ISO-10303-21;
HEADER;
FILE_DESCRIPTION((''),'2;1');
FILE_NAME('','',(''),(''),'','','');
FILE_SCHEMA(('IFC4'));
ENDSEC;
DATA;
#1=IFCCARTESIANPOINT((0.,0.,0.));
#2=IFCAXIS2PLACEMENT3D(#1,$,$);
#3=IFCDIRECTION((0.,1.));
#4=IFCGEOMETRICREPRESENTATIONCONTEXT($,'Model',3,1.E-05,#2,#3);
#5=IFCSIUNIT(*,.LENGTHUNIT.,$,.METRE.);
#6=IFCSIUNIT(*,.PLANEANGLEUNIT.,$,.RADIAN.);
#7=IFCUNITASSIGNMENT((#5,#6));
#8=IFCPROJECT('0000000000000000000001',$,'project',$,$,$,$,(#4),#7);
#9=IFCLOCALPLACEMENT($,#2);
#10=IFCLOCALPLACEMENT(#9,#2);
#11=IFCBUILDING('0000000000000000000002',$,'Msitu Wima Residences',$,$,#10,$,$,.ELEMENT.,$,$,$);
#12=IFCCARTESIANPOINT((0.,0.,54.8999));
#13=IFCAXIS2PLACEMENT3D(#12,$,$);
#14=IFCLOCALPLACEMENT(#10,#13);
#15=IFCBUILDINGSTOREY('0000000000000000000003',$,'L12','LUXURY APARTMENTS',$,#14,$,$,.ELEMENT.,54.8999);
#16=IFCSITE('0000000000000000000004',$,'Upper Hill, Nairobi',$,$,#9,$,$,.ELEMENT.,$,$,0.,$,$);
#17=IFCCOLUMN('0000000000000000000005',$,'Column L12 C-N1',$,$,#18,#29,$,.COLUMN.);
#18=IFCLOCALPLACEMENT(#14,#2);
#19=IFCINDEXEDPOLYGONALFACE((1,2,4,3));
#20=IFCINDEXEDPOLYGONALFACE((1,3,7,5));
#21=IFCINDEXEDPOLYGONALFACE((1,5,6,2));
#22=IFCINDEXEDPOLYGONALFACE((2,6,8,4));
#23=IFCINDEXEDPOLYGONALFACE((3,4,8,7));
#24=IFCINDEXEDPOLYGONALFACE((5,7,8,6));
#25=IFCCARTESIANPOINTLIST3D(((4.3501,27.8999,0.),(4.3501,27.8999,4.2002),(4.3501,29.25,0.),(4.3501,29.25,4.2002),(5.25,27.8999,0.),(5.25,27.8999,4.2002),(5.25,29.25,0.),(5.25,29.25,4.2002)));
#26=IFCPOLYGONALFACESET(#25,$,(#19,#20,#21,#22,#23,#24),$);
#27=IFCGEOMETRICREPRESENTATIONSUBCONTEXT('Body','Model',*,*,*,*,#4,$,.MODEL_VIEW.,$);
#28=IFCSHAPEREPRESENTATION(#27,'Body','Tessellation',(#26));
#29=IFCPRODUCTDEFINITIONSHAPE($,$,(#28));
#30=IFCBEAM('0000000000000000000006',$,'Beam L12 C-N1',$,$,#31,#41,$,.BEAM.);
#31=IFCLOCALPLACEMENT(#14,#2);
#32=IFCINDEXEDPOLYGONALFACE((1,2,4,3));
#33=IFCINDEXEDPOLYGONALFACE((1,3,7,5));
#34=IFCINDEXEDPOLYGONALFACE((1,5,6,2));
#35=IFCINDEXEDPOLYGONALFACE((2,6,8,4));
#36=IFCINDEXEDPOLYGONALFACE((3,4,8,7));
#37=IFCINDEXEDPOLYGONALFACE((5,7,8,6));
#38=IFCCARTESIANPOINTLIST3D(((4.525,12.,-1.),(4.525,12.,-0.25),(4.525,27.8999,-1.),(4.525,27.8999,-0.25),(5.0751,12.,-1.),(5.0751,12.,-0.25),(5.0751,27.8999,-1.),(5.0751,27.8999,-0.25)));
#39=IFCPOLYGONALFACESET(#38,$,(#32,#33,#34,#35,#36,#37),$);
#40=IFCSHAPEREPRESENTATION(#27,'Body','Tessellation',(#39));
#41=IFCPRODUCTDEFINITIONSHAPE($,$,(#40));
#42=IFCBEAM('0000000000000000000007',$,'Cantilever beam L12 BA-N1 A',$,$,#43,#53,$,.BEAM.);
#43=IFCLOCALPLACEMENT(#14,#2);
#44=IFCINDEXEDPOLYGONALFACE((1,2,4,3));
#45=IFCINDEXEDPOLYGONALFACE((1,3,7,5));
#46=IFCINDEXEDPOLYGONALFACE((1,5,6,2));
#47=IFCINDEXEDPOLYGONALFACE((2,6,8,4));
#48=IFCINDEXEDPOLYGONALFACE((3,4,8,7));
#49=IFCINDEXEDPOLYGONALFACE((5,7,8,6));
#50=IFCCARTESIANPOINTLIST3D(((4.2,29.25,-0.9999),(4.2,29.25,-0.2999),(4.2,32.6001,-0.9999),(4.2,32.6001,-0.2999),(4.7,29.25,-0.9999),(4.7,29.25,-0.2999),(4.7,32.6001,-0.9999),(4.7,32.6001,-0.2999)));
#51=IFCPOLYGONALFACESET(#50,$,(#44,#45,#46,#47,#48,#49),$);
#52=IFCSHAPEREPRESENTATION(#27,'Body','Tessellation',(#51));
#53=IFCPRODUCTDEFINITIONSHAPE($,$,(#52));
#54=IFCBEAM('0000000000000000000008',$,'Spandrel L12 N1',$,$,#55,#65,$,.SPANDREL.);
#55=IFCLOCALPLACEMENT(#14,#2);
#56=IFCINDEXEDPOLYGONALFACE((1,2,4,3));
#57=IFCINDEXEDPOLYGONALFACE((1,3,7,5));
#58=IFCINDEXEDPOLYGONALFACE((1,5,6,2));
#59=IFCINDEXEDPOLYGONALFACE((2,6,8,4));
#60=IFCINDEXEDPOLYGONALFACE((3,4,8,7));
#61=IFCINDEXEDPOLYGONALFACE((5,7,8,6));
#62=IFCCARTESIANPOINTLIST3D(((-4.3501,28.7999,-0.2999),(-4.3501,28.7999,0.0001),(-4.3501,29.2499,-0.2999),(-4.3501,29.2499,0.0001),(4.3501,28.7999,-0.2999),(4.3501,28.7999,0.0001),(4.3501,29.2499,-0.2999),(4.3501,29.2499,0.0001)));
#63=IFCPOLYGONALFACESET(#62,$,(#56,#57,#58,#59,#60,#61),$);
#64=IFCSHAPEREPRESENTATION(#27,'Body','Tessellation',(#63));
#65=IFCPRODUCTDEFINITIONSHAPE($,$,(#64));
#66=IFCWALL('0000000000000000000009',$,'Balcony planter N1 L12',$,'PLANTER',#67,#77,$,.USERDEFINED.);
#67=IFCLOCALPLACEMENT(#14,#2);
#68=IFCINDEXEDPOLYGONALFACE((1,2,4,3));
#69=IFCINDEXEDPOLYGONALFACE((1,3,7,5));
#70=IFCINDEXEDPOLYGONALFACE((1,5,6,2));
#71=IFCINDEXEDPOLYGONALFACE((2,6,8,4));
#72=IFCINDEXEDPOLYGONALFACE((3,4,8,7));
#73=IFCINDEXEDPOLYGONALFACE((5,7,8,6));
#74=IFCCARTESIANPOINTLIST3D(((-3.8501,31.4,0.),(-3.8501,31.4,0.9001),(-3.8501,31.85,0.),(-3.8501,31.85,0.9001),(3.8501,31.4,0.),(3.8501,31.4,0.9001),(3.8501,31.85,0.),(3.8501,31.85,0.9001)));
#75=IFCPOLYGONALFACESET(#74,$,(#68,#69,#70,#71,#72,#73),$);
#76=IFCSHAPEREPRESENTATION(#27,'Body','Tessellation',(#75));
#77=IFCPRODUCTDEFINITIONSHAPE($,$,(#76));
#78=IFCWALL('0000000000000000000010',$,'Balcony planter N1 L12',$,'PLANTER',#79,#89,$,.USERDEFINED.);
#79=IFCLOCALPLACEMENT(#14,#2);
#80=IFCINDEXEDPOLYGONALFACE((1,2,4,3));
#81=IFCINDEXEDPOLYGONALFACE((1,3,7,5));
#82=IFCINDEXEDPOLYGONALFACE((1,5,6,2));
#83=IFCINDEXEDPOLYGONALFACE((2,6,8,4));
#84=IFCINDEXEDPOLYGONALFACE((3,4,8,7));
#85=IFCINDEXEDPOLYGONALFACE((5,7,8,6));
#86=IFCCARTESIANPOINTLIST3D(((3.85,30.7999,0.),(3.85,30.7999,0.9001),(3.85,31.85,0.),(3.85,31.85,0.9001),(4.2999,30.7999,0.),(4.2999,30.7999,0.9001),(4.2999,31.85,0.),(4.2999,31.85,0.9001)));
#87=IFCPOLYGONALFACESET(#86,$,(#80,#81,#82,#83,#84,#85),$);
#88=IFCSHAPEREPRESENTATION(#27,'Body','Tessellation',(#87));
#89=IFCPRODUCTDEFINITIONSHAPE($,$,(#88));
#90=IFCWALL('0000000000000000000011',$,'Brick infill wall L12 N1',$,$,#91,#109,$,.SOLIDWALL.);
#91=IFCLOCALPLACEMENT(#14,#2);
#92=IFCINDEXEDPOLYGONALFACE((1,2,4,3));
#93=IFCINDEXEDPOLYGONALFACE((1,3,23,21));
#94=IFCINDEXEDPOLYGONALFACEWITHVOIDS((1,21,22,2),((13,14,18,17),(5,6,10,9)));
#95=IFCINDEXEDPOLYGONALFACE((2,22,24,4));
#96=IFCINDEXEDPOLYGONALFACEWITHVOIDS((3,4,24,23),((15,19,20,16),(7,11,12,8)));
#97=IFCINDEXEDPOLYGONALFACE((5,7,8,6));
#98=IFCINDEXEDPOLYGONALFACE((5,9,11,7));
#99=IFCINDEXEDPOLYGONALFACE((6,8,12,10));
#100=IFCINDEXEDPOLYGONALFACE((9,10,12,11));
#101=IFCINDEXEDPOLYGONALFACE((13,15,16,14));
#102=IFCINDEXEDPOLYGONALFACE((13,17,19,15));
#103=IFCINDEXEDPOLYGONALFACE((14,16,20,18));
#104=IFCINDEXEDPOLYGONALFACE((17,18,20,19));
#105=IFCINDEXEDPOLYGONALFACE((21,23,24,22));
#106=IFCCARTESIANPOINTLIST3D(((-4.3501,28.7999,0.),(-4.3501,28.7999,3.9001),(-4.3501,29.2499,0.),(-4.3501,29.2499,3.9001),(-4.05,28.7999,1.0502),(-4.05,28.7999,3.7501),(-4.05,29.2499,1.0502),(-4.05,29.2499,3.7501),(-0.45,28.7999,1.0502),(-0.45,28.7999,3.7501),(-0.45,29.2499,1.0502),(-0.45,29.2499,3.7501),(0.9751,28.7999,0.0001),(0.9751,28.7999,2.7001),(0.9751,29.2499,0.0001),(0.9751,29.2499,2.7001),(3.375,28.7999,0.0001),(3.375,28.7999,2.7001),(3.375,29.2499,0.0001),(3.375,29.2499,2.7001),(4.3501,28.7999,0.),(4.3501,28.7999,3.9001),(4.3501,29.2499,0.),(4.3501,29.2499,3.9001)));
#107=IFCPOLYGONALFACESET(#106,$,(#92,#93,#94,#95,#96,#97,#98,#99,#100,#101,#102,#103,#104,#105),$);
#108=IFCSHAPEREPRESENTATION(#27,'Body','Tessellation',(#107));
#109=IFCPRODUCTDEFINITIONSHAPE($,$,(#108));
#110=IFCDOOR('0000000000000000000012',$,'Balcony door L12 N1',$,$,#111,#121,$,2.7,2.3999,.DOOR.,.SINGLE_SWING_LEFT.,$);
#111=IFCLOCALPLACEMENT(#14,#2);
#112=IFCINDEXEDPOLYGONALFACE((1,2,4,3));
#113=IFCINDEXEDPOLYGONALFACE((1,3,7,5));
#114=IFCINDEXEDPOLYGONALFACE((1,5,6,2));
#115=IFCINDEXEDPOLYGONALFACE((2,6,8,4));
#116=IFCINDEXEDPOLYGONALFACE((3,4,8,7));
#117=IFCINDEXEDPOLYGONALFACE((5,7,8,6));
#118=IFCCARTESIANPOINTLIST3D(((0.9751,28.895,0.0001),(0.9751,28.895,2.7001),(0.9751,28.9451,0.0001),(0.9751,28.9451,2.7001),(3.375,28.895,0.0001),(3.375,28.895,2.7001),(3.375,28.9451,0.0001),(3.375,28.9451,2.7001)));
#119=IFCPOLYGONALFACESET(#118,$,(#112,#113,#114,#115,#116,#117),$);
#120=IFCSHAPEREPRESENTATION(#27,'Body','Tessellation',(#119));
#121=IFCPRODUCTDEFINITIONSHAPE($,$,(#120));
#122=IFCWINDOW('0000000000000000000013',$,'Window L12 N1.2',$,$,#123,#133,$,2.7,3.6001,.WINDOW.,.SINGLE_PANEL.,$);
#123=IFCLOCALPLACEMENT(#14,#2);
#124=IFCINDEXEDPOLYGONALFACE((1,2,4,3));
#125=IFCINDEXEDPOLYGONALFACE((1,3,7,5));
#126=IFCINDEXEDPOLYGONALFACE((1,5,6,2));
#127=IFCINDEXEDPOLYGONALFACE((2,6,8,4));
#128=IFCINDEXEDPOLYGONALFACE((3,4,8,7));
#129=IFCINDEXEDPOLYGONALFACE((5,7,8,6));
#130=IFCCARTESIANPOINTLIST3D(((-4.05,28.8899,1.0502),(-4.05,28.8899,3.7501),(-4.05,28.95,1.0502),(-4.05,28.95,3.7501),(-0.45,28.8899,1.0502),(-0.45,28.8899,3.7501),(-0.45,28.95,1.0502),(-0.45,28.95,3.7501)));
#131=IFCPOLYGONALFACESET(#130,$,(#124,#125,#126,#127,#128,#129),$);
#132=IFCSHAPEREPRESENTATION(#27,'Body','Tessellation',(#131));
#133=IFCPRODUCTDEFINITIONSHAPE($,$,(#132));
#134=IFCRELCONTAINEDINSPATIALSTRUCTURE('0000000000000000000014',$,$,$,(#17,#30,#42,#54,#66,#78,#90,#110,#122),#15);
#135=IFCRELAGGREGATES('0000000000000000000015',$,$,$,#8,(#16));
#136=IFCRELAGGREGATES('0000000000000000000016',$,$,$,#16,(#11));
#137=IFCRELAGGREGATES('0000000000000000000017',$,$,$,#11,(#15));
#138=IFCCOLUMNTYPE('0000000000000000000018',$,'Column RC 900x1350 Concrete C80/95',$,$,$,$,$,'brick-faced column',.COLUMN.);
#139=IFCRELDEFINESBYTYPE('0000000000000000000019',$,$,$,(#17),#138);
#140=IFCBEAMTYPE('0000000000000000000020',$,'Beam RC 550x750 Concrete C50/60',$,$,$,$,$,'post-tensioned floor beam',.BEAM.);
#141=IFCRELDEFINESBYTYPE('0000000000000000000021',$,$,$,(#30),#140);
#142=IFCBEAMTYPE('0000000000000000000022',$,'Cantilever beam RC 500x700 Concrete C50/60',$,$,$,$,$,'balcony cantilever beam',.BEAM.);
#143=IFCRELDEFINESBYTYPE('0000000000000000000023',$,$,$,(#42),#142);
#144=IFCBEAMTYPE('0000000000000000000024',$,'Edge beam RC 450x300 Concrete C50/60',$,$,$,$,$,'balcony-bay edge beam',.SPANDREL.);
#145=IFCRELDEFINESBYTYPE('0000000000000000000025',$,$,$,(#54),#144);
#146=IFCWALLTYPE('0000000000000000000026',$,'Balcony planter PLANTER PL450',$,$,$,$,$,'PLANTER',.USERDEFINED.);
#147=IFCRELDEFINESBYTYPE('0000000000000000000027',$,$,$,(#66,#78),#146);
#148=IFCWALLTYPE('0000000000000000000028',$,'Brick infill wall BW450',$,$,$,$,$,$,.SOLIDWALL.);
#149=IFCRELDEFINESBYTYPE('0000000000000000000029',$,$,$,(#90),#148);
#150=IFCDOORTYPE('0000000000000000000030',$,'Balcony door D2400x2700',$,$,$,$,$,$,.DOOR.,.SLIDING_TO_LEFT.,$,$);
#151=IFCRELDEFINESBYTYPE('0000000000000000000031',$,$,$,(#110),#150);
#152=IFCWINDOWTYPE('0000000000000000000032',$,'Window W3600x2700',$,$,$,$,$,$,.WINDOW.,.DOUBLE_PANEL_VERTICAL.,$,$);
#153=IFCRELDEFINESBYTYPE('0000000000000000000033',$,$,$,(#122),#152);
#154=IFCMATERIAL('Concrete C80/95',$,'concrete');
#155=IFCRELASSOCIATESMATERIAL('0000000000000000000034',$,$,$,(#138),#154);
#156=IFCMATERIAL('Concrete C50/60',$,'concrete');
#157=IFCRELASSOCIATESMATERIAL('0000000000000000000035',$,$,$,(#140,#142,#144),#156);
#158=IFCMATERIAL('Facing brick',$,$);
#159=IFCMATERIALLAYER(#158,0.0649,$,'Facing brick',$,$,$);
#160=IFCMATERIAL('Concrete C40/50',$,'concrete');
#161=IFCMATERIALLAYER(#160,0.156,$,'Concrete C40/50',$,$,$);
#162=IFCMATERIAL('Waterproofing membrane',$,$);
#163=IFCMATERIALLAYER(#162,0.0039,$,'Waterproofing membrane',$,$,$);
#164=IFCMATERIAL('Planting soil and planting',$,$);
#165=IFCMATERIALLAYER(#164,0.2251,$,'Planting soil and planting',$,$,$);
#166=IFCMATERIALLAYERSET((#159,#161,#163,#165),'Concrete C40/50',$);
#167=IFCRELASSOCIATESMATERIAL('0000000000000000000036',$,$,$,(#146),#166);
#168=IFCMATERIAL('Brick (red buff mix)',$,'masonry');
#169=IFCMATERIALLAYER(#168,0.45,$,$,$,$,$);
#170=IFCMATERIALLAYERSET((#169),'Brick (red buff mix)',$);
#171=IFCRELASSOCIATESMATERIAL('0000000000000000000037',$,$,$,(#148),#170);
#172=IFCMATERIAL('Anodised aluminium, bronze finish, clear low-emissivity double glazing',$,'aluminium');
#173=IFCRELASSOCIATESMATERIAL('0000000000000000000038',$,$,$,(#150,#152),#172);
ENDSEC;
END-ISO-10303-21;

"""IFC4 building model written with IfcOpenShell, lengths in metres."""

from ifc_helpers import new_model, si_unit, direction, frame, frame_2d, origin, origin_2d, place, context, subcontext, project, spatial, rectangle, extrude, material, layer, layer_set, material_profile, profile_set, type_object, element, fill, save


model = new_model("IFC4")

# Units and contexts
model_context = context("Model", 3, precision=1e-05, world=origin(), true_north=direction((0.0, 1.0)))
body_context = subcontext(model_context, "Body", "Model", "MODEL_VIEW")
ifc_project = project(units=[si_unit("LENGTHUNIT", "METRE"), si_unit("PLANEANGLEUNIT", "RADIAN")], contexts=[model_context])

# Site, building, storey
site_placement = place(None, origin())
site = spatial("IfcSite", under=ifc_project, at=site_placement, Name="Upper Hill, Nairobi", CompositionType="ELEMENT", RefElevation=0.0)
building_placement = place(site_placement, origin())
building = spatial("IfcBuilding", under=site, at=building_placement, Name="Msitu Wima Residences", CompositionType="ELEMENT")
storey_placement = place(building_placement, frame((0.0, 0.0, 54.8999)))
storey = spatial("IfcBuildingStorey", under=building, at=storey_placement, Name="L12", Description="LUXURY APARTMENTS", CompositionType="ELEMENT", Elevation=54.8999)

# Column
ifc_material_1 = material(Name="Concrete C80/95", Category="concrete")
ifc_material_profile_1 = material_profile(ifc_material_1, rectangle(XDim=0.8999, YDim=1.3501, at=origin_2d()), Name="RC 900x1350")
ifc_profile_set_1 = profile_set([ifc_material_profile_1], Name="Concrete C80/95")
column_type = type_object("IfcColumnType", Name="Column RC 900x1350 Concrete C80/95", ElementType="brick-faced column", PredefinedType="COLUMN", material=ifc_profile_set_1)
column_placement = place(storey_placement, frame((4.8, 28.575, 0.0), z_axis=(0.0, 0.0, 1.0), x_axis=(-1.0, 0.0, 0.0)))
element("IfcColumn", 1, at=column_placement, inside=storey, type_object=column_type, Name="Column L12 C-N1", PredefinedType="COLUMN", context=body_context, shape_type="SweptSolid", body=[
    extrude(rectangle(XDim=0.8999, YDim=1.3501, at=origin_2d()), origin(), (0.0, 0.0, 1.0), 4.2002),
])

# Beams
ifc_material_2 = material(Name="Concrete C50/60", Category="concrete")
ifc_material_profile_2 = material_profile(ifc_material_2, rectangle(XDim=0.55, YDim=0.75, at=origin_2d()), Name="RC 550x750")
ifc_profile_set_2 = profile_set([ifc_material_profile_2], Name="Concrete C50/60")
beam_type_1 = type_object("IfcBeamType", Name="Beam RC 550x750 Concrete C50/60", ElementType="post-tensioned floor beam", PredefinedType="BEAM", material=ifc_profile_set_2)
beam_1_placement = place(storey_placement, frame((4.8, 27.8999, -0.625), z_axis=(0.0, -1.0, 0.0), x_axis=(1.0, 0.0, 0.0)))
element("IfcBeam", 2, at=beam_1_placement, inside=storey, type_object=beam_type_1, Name="Beam L12 C-N1", PredefinedType="BEAM", context=body_context, shape_type="SweptSolid", body=[
    extrude(rectangle(XDim=0.55, YDim=0.75, at=origin_2d()), origin(), (0.0, 0.0, 1.0), 15.8999),
])
ifc_material_profile_3 = material_profile(ifc_material_2, rectangle(XDim=0.5, YDim=0.7, at=origin_2d()), Name="RC 500x700")
ifc_profile_set_3 = profile_set([ifc_material_profile_3], Name="Concrete C50/60")
beam_type_2 = type_object("IfcBeamType", Name="Cantilever beam RC 500x700 Concrete C50/60", ElementType="balcony cantilever beam", PredefinedType="BEAM", material=ifc_profile_set_3)
beam_2_placement = place(storey_placement, frame((4.45, 29.25, -0.6499), z_axis=(0.0, 1.0, 0.0), x_axis=(-1.0, 0.0, 0.0)))
element("IfcBeam", 3, at=beam_2_placement, inside=storey, type_object=beam_type_2, Name="Cantilever beam L12 BA-N1 A", PredefinedType="BEAM", context=body_context, shape_type="SweptSolid", body=[
    extrude(rectangle(XDim=0.5, YDim=0.7, at=origin_2d()), origin(), (0.0, 0.0, 1.0), 3.3501),
])
ifc_material_profile_4 = material_profile(ifc_material_2, rectangle(XDim=0.45, YDim=0.3, at=origin_2d()), Name="RC 450x300")
ifc_profile_set_4 = profile_set([ifc_material_profile_4], Name="Concrete C50/60")
beam_type_3 = type_object("IfcBeamType", Name="Edge beam RC 450x300 Concrete C50/60", ElementType="balcony-bay edge beam", PredefinedType="SPANDREL", material=ifc_profile_set_4)
beam_3_placement = place(storey_placement, frame((4.3501, 29.0249, -0.1499), z_axis=(-1.0, 0.0, 0.0), x_axis=(0.0, -1.0, 0.0)))
element("IfcBeam", 4, at=beam_3_placement, inside=storey, type_object=beam_type_3, Name="Spandrel L12 N1", PredefinedType="SPANDREL", context=body_context, shape_type="SweptSolid", body=[
    extrude(rectangle(XDim=0.45, YDim=0.3, at=origin_2d()), origin(), (0.0, 0.0, 1.0), 8.7002),
])

# Walls
ifc_material_3 = material(Name="Facing brick")
ifc_layer_1 = layer(ifc_material_3, 0.0649, Name="Facing brick")
ifc_material_4 = material(Name="Concrete C40/50", Category="concrete")
ifc_layer_2 = layer(ifc_material_4, 0.156, Name="Concrete C40/50")
ifc_material_5 = material(Name="Waterproofing membrane")
ifc_layer_3 = layer(ifc_material_5, 0.0039, Name="Waterproofing membrane")
ifc_material_6 = material(Name="Planting soil and planting")
ifc_layer_4 = layer(ifc_material_6, 0.2251, Name="Planting soil and planting")
ifc_layer_set_1 = layer_set([ifc_layer_1, ifc_layer_2, ifc_layer_3, ifc_layer_4], Name="Concrete C40/50")
wall_type_1 = type_object("IfcWallType", Name="Balcony planter PLANTER PL450", ElementType="PLANTER", PredefinedType="USERDEFINED", material=ifc_layer_set_1)
wall_1_placement = place(storey_placement, frame((3.8501, 31.625, 0.0), z_axis=(0.0, 0.0, 1.0), x_axis=(-1.0, 0.0, 0.0)))
element("IfcWall", 5, at=wall_1_placement, inside=storey, type_object=wall_type_1, Name="Balcony planter N1 L12", ObjectType="PLANTER", PredefinedType="USERDEFINED", context=body_context, shape_type="SweptSolid", body=[
    extrude(rectangle(XDim=7.7002, YDim=0.45, at=frame_2d((3.8501, 0.0))), origin(), (0.0, 0.0, 1.0), 0.9001),
])
wall_2_placement = place(storey_placement, frame((4.075, 30.8, 0.0), z_axis=(0.0, 0.0, 1.0), x_axis=(0.0, 1.0, 0.0)))
element("IfcWall", 6, at=wall_2_placement, inside=storey, type_object=wall_type_1, Name="Balcony planter N1 L12", ObjectType="PLANTER", PredefinedType="USERDEFINED", context=body_context, shape_type="SweptSolid", body=[
    extrude(rectangle(XDim=1.05, YDim=0.45, at=frame_2d((0.5249, 0.0))), origin(), (0.0, 0.0, 1.0), 0.9001),
])

# Wall, openings, door, window
ifc_material_7 = material(Name="Brick (red buff mix)", Category="masonry")
ifc_layer_5 = layer(ifc_material_7, 0.45)
ifc_layer_set_2 = layer_set([ifc_layer_5], Name="Brick (red buff mix)")
wall_type_2 = type_object("IfcWallType", Name="Brick infill wall BW450", PredefinedType="SOLIDWALL", material=ifc_layer_set_2)
wall_3_placement = place(storey_placement, frame((4.3501, 29.0249, 0.0), z_axis=(0.0, 0.0, 1.0), x_axis=(-1.0, 0.0, 0.0)))
wall_3 = element("IfcWall", 7, at=wall_3_placement, inside=storey, type_object=wall_type_2, Name="Brick infill wall L12 N1", PredefinedType="SOLIDWALL", context=body_context, shape_type="SweptSolid", body=[
    extrude(rectangle(XDim=8.7002, YDim=0.45, at=frame_2d((4.3501, 0.0))), origin(), (0.0, 0.0, 1.0), 3.9001),
])
opening_1_placement = place(wall_3_placement, frame((0.9751, 0.0, 0.0)))
opening_1 = element("IfcOpeningElement", 8, at=opening_1_placement, cuts=wall_3, PredefinedType="OPENING", context=body_context, shape_type="SweptSolid", body=[
    extrude(rectangle(XDim=2.3999, YDim=2.7, at=frame_2d((1.2, 1.3501))), frame((0.0, 0.2349, 0.0), z_axis=(0.0, -1.0, 0.0), x_axis=(1.0, 0.0, 0.0)), (0.0, 0.0, 1.0), 0.47),
])
opening_2_placement = place(wall_3_placement, frame((4.8, 0.0, 1.05)))
opening_2 = element("IfcOpeningElement", 9, at=opening_2_placement, cuts=wall_3, PredefinedType="OPENING", context=body_context, shape_type="SweptSolid", body=[
    extrude(rectangle(XDim=3.6001, YDim=2.7, at=frame_2d((1.8, 1.3501))), frame((0.0, 0.2349, 0.0), z_axis=(0.0, -1.0, 0.0), x_axis=(1.0, 0.0, 0.0)), (0.0, 0.0, 1.0), 0.47),
])
ifc_material_8 = material(Name="Anodised aluminium, bronze finish, clear low-emissivity double glazing", Category="aluminium")
door_type_1 = type_object("IfcDoorType", Name="Balcony door D2400x2700", OperationType="SLIDING_TO_LEFT", PredefinedType="DOOR", material=ifc_material_8)
door_1_placement = place(opening_1_placement, origin())
door_1 = element("IfcDoor", 10, at=door_1_placement, inside=storey, type_object=door_type_1, Name="Balcony door L12 N1", OperationType="SINGLE_SWING_LEFT", OverallHeight=2.7, OverallWidth=2.3999, PredefinedType="DOOR", context=body_context, shape_type="SweptSolid", body=[
    extrude(rectangle(XDim=2.3999, YDim=2.7, at=frame_2d((1.2, 1.3501))), frame((0.0, 0.1299, 0.0), z_axis=(0.0, -1.0, 0.0), x_axis=(1.0, 0.0, 0.0)), (0.0, 0.0, 1.0), 0.05),
])
fill(opening_1, door_1)
window_type = type_object("IfcWindowType", Name="Window W3600x2700", PartitioningType="DOUBLE_PANEL_VERTICAL", PredefinedType="WINDOW", material=ifc_material_8)
window_placement = place(opening_2_placement, origin())
window = element("IfcWindow", 11, at=window_placement, inside=storey, type_object=window_type, Name="Window L12 N1.2", OverallHeight=2.7, OverallWidth=3.6001, PartitioningType="SINGLE_PANEL", PredefinedType="WINDOW", context=body_context, shape_type="SweptSolid", body=[
    extrude(rectangle(XDim=3.6001, YDim=2.7, at=frame_2d((1.8, 1.3501))), frame((0.0, 0.135, 0.0), z_axis=(0.0, -1.0, 0.0), x_axis=(1.0, 0.0, 0.0)), (0.0, 0.0, 1.0), 0.0601),
])
fill(opening_2, window)

save(model, "model.ifc")
